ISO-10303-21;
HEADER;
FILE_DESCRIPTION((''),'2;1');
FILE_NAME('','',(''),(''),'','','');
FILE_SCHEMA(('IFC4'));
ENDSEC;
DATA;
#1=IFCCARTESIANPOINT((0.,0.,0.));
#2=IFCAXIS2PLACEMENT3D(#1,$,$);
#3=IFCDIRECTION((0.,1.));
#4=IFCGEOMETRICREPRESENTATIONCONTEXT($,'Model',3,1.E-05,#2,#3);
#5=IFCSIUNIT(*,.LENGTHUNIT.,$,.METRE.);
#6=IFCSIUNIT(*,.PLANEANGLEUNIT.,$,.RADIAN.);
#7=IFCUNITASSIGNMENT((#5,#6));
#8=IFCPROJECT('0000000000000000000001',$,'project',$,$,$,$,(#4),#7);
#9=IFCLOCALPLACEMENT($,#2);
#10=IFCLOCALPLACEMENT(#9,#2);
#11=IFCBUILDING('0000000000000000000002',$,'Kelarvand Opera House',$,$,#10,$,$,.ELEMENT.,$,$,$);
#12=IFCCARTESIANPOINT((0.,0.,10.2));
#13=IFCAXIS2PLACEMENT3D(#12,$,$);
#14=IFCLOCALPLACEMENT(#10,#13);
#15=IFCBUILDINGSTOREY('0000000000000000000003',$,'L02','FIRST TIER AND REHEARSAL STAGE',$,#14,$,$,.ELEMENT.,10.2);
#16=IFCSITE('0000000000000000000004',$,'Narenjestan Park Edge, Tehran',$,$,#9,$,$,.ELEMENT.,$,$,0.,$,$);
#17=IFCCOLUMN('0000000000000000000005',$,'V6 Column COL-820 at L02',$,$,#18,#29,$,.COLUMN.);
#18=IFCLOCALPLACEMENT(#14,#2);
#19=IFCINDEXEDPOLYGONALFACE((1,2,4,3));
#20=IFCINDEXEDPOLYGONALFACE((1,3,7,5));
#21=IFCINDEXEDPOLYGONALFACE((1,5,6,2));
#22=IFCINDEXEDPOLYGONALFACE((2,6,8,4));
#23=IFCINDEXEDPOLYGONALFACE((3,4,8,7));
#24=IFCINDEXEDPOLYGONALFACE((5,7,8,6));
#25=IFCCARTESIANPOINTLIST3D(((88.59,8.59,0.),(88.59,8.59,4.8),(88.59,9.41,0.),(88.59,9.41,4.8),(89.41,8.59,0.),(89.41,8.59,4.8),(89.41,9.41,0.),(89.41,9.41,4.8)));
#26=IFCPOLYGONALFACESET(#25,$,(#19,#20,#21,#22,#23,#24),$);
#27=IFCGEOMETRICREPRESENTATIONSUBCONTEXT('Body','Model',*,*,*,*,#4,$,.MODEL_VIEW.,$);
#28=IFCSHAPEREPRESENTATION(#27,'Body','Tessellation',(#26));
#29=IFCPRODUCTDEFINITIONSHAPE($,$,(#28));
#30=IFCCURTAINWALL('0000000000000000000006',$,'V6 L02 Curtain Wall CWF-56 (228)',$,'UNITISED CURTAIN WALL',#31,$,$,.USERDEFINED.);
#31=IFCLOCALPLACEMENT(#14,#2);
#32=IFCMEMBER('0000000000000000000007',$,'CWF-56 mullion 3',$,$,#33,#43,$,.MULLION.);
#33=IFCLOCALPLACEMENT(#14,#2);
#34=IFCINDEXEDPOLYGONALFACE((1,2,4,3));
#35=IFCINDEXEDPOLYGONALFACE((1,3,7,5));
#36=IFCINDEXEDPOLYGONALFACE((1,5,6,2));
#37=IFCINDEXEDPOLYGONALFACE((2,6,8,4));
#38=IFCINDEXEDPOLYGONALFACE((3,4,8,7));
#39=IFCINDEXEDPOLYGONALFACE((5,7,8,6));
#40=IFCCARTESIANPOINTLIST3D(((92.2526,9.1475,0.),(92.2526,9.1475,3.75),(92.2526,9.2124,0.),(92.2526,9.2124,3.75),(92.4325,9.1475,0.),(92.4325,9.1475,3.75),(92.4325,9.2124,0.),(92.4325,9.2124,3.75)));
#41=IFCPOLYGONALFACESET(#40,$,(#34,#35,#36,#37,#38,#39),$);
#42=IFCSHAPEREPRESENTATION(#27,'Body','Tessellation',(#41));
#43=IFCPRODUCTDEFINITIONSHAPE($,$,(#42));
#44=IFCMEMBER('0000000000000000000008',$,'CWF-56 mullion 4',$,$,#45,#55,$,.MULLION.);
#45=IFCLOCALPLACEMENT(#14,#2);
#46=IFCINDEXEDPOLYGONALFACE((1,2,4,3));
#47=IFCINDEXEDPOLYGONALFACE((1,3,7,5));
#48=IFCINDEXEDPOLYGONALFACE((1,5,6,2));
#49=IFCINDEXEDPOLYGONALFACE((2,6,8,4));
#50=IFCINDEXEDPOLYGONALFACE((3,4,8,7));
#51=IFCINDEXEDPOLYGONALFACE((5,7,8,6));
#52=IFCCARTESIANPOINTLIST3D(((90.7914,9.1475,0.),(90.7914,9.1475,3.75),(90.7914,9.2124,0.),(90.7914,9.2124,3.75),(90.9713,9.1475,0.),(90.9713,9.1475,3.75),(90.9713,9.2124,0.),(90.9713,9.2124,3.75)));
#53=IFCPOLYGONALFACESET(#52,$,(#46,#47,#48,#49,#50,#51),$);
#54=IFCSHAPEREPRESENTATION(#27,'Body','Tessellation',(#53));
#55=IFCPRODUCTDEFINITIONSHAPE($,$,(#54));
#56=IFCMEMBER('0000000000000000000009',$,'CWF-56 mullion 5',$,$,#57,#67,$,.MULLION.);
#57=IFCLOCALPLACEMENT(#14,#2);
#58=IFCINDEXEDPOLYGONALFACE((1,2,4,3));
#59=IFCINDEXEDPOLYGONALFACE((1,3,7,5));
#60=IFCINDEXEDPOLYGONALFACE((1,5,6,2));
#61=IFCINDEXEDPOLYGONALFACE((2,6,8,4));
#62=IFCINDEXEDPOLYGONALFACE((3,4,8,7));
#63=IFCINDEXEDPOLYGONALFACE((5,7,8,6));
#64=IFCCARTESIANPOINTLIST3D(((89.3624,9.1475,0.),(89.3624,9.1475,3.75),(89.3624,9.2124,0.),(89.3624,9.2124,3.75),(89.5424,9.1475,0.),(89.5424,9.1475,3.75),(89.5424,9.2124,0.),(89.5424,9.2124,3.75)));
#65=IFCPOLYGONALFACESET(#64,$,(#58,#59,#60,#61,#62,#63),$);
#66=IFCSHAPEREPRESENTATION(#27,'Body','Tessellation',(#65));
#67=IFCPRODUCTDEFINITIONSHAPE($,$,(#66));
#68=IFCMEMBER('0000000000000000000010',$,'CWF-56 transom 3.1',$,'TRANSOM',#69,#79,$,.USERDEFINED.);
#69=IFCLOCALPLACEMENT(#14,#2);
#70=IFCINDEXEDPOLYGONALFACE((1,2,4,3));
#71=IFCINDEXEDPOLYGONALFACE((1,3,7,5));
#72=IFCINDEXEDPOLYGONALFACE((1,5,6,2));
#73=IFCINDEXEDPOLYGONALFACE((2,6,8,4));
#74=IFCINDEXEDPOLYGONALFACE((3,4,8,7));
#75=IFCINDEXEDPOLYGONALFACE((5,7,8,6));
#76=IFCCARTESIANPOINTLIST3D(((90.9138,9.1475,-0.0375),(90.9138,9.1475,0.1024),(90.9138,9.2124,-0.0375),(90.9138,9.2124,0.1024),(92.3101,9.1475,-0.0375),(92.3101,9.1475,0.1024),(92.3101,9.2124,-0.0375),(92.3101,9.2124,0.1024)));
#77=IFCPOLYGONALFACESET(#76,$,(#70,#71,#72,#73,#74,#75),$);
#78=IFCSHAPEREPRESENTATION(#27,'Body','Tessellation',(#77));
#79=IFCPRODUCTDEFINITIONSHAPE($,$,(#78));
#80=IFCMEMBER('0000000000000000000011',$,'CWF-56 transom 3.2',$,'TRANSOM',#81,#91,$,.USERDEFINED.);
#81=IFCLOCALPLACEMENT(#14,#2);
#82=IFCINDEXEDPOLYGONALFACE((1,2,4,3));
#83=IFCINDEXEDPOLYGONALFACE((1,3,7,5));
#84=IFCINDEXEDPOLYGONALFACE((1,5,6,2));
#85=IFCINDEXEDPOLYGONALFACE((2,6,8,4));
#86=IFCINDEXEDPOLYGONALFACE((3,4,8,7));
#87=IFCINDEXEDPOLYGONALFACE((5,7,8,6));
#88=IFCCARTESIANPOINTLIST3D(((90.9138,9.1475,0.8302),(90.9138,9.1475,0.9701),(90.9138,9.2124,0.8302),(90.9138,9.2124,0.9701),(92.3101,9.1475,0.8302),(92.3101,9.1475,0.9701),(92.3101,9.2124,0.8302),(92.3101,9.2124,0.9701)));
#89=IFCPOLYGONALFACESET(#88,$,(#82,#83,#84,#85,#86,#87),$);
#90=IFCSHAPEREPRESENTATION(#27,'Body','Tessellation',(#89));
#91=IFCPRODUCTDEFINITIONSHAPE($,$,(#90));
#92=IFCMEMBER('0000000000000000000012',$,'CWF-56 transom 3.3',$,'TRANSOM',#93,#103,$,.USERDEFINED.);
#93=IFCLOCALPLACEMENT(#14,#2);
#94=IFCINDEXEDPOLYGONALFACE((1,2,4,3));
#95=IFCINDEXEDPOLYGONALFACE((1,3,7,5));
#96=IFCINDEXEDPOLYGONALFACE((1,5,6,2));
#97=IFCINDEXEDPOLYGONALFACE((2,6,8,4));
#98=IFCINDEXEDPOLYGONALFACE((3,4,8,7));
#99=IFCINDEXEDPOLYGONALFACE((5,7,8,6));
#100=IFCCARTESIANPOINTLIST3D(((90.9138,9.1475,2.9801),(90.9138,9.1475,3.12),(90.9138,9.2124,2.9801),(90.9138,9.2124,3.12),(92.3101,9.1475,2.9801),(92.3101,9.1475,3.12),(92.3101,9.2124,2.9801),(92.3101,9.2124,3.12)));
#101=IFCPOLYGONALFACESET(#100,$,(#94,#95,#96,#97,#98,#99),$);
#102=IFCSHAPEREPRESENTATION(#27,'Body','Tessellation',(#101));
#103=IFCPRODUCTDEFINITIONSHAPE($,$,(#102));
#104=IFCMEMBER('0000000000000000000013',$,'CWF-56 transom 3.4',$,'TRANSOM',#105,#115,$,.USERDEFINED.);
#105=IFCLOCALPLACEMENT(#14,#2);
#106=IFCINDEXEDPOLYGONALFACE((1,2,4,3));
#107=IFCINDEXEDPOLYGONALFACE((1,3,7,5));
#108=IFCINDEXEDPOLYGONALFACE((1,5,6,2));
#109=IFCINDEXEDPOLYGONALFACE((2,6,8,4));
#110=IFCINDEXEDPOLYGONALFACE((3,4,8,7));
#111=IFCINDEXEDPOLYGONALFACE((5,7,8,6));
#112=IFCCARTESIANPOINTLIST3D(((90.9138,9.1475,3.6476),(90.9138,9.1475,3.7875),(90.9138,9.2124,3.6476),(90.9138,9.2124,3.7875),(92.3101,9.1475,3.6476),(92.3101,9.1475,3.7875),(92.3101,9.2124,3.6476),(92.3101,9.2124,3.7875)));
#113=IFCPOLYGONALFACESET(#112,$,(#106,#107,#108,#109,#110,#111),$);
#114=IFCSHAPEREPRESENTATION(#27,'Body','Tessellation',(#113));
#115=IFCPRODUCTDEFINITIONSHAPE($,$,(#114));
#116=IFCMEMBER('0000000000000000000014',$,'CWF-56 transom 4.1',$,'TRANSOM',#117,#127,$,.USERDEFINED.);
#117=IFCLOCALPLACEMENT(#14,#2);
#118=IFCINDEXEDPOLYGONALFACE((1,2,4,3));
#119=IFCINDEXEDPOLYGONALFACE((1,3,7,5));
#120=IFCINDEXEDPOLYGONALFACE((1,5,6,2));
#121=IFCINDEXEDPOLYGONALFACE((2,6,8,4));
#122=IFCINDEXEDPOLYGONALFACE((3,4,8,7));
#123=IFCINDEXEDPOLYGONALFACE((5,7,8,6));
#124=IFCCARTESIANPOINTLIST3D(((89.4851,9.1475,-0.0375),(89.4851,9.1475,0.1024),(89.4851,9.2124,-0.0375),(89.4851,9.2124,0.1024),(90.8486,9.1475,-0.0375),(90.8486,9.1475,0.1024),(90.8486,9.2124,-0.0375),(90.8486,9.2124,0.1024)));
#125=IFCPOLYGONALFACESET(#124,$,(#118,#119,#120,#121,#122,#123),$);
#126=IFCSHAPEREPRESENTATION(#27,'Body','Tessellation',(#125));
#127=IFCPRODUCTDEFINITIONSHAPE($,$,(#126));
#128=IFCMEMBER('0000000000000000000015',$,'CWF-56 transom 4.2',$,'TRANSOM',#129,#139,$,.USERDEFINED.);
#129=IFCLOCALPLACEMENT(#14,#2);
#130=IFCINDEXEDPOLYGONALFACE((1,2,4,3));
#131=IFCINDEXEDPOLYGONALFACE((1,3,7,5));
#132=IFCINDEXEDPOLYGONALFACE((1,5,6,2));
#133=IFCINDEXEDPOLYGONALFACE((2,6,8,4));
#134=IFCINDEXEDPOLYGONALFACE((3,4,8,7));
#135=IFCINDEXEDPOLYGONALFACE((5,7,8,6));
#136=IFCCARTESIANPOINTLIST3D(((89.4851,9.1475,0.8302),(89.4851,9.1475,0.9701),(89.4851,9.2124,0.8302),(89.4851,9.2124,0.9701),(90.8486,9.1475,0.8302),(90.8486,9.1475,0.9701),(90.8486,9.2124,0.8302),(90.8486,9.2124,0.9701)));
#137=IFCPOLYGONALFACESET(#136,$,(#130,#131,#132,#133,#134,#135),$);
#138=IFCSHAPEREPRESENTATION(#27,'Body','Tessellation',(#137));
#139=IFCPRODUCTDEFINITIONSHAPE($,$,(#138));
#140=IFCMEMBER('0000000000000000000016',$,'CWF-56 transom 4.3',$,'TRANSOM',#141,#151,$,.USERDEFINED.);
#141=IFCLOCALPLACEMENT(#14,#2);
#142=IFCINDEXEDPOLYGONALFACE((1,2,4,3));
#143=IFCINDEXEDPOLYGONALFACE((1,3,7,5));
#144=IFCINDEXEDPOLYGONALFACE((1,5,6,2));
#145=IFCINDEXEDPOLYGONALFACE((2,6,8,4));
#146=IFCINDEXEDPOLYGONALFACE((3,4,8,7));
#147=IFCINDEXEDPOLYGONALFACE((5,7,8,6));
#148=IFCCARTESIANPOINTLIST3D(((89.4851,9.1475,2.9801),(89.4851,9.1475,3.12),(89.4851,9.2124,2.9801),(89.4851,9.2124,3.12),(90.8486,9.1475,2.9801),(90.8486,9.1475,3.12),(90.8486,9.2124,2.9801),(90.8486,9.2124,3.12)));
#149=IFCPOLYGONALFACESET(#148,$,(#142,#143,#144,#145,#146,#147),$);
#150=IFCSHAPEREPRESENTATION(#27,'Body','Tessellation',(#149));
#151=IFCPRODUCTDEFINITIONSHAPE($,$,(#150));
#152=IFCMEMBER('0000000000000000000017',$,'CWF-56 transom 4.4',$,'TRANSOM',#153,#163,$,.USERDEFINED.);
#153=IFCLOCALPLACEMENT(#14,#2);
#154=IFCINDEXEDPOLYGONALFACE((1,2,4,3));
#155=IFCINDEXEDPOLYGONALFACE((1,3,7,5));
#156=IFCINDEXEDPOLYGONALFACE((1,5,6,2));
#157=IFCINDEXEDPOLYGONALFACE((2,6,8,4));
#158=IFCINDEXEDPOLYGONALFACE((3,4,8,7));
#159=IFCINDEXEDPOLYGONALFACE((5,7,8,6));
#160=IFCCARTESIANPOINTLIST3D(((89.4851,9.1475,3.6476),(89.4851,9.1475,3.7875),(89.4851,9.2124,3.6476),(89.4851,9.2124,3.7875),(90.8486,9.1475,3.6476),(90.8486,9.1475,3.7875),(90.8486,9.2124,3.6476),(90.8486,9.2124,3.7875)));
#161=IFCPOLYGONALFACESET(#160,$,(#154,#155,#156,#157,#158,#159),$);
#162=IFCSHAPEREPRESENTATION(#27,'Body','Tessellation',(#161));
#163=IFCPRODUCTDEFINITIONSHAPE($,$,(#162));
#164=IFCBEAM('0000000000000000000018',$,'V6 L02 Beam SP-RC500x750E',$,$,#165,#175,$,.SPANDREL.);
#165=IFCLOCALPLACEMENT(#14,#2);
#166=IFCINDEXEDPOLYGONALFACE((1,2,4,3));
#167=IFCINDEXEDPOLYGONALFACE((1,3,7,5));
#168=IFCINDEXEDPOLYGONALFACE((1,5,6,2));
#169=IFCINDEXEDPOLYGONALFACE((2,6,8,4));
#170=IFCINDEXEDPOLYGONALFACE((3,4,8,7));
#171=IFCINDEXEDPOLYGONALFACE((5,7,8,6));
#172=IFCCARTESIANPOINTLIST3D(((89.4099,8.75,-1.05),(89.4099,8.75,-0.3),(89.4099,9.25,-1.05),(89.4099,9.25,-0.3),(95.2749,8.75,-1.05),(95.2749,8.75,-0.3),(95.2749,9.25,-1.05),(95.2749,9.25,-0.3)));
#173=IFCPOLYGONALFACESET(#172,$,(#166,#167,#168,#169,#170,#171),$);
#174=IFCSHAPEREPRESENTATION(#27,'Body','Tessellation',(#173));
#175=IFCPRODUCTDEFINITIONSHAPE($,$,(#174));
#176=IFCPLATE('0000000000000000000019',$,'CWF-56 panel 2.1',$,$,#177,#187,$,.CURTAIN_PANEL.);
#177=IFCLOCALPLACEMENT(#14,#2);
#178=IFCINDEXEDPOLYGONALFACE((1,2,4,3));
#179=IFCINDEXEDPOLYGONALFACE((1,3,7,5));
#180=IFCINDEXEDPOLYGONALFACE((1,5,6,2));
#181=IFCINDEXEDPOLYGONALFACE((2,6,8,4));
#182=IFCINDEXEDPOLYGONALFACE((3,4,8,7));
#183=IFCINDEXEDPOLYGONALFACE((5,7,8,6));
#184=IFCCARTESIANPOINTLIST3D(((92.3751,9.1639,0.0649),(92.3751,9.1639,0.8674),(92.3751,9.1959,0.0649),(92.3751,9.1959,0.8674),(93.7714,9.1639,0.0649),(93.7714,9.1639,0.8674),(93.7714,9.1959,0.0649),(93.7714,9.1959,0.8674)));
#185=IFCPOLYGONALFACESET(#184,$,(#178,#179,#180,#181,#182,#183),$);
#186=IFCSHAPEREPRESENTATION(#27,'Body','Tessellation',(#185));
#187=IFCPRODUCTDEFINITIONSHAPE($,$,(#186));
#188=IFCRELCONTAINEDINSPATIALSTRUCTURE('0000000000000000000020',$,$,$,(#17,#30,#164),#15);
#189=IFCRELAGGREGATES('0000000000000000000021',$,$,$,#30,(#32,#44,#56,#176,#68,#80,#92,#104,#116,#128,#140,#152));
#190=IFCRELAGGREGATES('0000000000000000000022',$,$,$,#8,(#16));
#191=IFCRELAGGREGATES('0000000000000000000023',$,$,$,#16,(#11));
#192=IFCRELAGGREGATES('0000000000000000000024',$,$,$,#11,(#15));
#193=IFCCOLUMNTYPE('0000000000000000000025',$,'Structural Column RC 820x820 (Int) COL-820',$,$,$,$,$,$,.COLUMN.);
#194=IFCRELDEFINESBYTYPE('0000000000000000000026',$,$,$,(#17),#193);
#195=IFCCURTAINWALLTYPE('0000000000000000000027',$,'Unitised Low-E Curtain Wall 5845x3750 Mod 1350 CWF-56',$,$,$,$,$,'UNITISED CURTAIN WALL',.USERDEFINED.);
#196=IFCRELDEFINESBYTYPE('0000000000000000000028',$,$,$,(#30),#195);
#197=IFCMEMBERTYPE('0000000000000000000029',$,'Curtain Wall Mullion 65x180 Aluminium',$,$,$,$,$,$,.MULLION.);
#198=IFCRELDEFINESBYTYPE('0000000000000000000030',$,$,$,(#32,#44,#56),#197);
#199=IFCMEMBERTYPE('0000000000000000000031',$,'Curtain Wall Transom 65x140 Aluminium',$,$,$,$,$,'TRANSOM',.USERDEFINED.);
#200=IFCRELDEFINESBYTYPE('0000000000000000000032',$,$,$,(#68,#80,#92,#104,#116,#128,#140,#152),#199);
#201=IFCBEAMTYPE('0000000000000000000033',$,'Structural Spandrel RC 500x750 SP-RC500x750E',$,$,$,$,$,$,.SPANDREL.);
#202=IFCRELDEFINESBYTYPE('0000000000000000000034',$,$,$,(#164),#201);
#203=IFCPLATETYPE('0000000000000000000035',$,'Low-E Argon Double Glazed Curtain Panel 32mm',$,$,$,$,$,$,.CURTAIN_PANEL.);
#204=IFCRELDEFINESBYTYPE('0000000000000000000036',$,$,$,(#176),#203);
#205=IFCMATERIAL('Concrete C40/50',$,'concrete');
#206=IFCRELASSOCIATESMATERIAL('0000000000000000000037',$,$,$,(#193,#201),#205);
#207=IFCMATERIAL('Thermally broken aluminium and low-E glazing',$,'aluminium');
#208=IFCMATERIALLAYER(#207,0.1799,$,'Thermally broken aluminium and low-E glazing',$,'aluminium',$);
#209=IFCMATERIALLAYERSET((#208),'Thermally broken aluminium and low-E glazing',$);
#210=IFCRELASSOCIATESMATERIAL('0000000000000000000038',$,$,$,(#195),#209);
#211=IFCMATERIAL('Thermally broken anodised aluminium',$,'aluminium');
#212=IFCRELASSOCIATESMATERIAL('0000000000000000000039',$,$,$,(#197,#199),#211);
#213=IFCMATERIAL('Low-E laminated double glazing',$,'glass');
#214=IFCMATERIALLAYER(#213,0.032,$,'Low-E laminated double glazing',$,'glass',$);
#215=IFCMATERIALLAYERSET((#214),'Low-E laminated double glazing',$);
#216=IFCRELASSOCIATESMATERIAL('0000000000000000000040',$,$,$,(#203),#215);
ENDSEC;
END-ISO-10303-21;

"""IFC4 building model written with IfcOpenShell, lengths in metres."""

from ifc_helpers import new_model, si_unit, direction, frame, origin, origin_2d, place, context, subcontext, project, spatial, rectangle, extrude, material, layer, layer_set, material_profile, profile_set, type_object, element, aggregate, save


model = new_model("IFC4")

# Units and contexts
model_context = context("Model", 3, precision=1e-05, world=origin(), true_north=direction((0.0, 1.0)))
body_context = subcontext(model_context, "Body", "Model", "MODEL_VIEW")
ifc_project = project(units=[si_unit("LENGTHUNIT", "METRE"), si_unit("PLANEANGLEUNIT", "RADIAN")], contexts=[model_context])

# Site, building, storey
site_placement = place(None, origin())
site = spatial("IfcSite", under=ifc_project, at=site_placement, Name="Narenjestan Park Edge, Tehran", CompositionType="ELEMENT", RefElevation=0.0)
building_placement = place(site_placement, origin())
building = spatial("IfcBuilding", under=site, at=building_placement, Name="Kelarvand Opera House", CompositionType="ELEMENT")
storey_placement = place(building_placement, frame((0.0, 0.0, 10.2)))
storey = spatial("IfcBuildingStorey", under=building, at=storey_placement, Name="L02", Description="FIRST TIER AND REHEARSAL STAGE", CompositionType="ELEMENT", Elevation=10.2)

# Column
ifc_material_1 = material(Name="Concrete C40/50", Category="concrete")
ifc_material_profile_1 = material_profile(ifc_material_1, rectangle(XDim=0.8201, YDim=0.8201, at=origin_2d()), Name="RC 820x820", Category="concrete")
ifc_profile_set_1 = profile_set([ifc_material_profile_1], Name="Concrete C40/50")
column_type = type_object("IfcColumnType", Name="Structural Column RC 820x820 (Int) COL-820", PredefinedType="COLUMN", material=ifc_profile_set_1)
column_placement = place(storey_placement, frame((89.0, 9.0, 0.0), z_axis=(0.0, 0.0, 1.0), x_axis=(1.0, 0.0, 0.0)))
element("IfcColumn", 1, at=column_placement, inside=storey, type_object=column_type, Name="V6 Column COL-820 at L02", PredefinedType="COLUMN", context=body_context, shape_type="SweptSolid", body=[
    extrude(rectangle(XDim=0.8201, YDim=0.8201, at=origin_2d()), origin(), (0.0, 0.0, 1.0), 4.8),
])

# Curtain wall, members
ifc_material_2 = material(Name="Thermally broken aluminium and low-E glazing", Category="aluminium")
ifc_layer_1 = layer(ifc_material_2, 0.1799, Name="Thermally broken aluminium and low-E glazing", Category="aluminium")
ifc_layer_set_1 = layer_set([ifc_layer_1], Name="Thermally broken aluminium and low-E glazing")
curtain_wall_type = type_object("IfcCurtainWallType", Name="Unitised Low-E Curtain Wall 5845x3750 Mod 1350 CWF-56", ElementType="UNITISED CURTAIN WALL", PredefinedType="USERDEFINED", material=ifc_layer_set_1)
curtain_wall_placement = place(storey_placement, origin())
curtain_wall = element("IfcCurtainWall", 2, at=curtain_wall_placement, inside=storey, type_object=curtain_wall_type, Name="V6 L02 Curtain Wall CWF-56 (228)", ObjectType="UNITISED CURTAIN WALL", PredefinedType="USERDEFINED")
ifc_material_3 = material(Name="Thermally broken anodised aluminium", Category="aluminium")
ifc_material_profile_2 = material_profile(ifc_material_3, rectangle(XDim=0.0649, YDim=0.1799, at=origin_2d()), Name="ALU MULLION 65x180", Category="aluminium")
ifc_profile_set_2 = profile_set([ifc_material_profile_2], Name="Thermally broken anodised aluminium")
member_type_1 = type_object("IfcMemberType", Name="Curtain Wall Mullion 65x180 Aluminium", PredefinedType="MULLION", material=ifc_profile_set_2)
member_1_placement = place(storey_placement, frame((92.3425, 9.1799, 0.0), z_axis=(0.0, 0.0, 1.0), x_axis=(0.0, -1.0, 0.0)))
member_1 = element("IfcMember", 3, at=member_1_placement, type_object=member_type_1, Name="CWF-56 mullion 3", PredefinedType="MULLION", context=body_context, shape_type="SweptSolid", body=[
    extrude(rectangle(XDim=0.0649, YDim=0.1799, at=origin_2d()), origin(), (0.0, 0.0, 1.0), 3.75),
])
member_2_placement = place(storey_placement, frame((90.8813, 9.1799, 0.0), z_axis=(0.0, 0.0, 1.0), x_axis=(0.0, -1.0, 0.0)))
member_2 = element("IfcMember", 4, at=member_2_placement, type_object=member_type_1, Name="CWF-56 mullion 4", PredefinedType="MULLION", context=body_context, shape_type="SweptSolid", body=[
    extrude(rectangle(XDim=0.0649, YDim=0.1799, at=origin_2d()), origin(), (0.0, 0.0, 1.0), 3.75),
])
member_3_placement = place(storey_placement, frame((89.4524, 9.1799, 0.0), z_axis=(0.0, 0.0, 1.0), x_axis=(0.0, -1.0, 0.0)))
member_3 = element("IfcMember", 5, at=member_3_placement, type_object=member_type_1, Name="CWF-56 mullion 5", PredefinedType="MULLION", context=body_context, shape_type="SweptSolid", body=[
    extrude(rectangle(XDim=0.0649, YDim=0.1799, at=origin_2d()), origin(), (0.0, 0.0, 1.0), 3.75),
])
ifc_material_profile_3 = material_profile(ifc_material_3, rectangle(XDim=0.0649, YDim=0.1399, at=origin_2d()), Name="ALU TRANSOM 65x140", Category="aluminium")
ifc_profile_set_3 = profile_set([ifc_material_profile_3], Name="Thermally broken anodised aluminium")
member_type_2 = type_object("IfcMemberType", Name="Curtain Wall Transom 65x140 Aluminium", ElementType="TRANSOM", PredefinedType="USERDEFINED", material=ifc_profile_set_3)
member_4_placement = place(storey_placement, frame((92.3101, 9.1799, 0.0325), z_axis=(-1.0, 0.0, 0.0), x_axis=(0.0, -1.0, 0.0)))
member_4 = element("IfcMember", 6, at=member_4_placement, type_object=member_type_2, Name="CWF-56 transom 3.1", ObjectType="TRANSOM", PredefinedType="USERDEFINED", context=body_context, shape_type="SweptSolid", body=[
    extrude(rectangle(XDim=0.0649, YDim=0.1399, at=origin_2d()), origin(), (0.0, 0.0, 1.0), 1.3962),
])
member_5_placement = place(storey_placement, frame((92.3101, 9.1799, 0.9001), z_axis=(-1.0, 0.0, 0.0), x_axis=(0.0, -1.0, 0.0)))
member_5 = element("IfcMember", 7, at=member_5_placement, type_object=member_type_2, Name="CWF-56 transom 3.2", ObjectType="TRANSOM", PredefinedType="USERDEFINED", context=body_context, shape_type="SweptSolid", body=[
    extrude(rectangle(XDim=0.0649, YDim=0.1399, at=origin_2d()), origin(), (0.0, 0.0, 1.0), 1.3962),
])
member_6_placement = place(storey_placement, frame((92.3101, 9.1799, 3.05), z_axis=(-1.0, 0.0, 0.0), x_axis=(0.0, -1.0, 0.0)))
member_6 = element("IfcMember", 8, at=member_6_placement, type_object=member_type_2, Name="CWF-56 transom 3.3", ObjectType="TRANSOM", PredefinedType="USERDEFINED", context=body_context, shape_type="SweptSolid", body=[
    extrude(rectangle(XDim=0.0649, YDim=0.1399, at=origin_2d()), origin(), (0.0, 0.0, 1.0), 1.3962),
])
member_7_placement = place(storey_placement, frame((92.3101, 9.1799, 3.7175), z_axis=(-1.0, 0.0, 0.0), x_axis=(0.0, -1.0, 0.0)))
member_7 = element("IfcMember", 9, at=member_7_placement, type_object=member_type_2, Name="CWF-56 transom 3.4", ObjectType="TRANSOM", PredefinedType="USERDEFINED", context=body_context, shape_type="SweptSolid", body=[
    extrude(rectangle(XDim=0.0649, YDim=0.1399, at=origin_2d()), origin(), (0.0, 0.0, 1.0), 1.3962),
])
member_8_placement = place(storey_placement, frame((90.8486, 9.1799, 0.0325), z_axis=(-1.0, 0.0, 0.0), x_axis=(0.0, -1.0, 0.0)))
member_8 = element("IfcMember", 10, at=member_8_placement, type_object=member_type_2, Name="CWF-56 transom 4.1", ObjectType="TRANSOM", PredefinedType="USERDEFINED", context=body_context, shape_type="SweptSolid", body=[
    extrude(rectangle(XDim=0.0649, YDim=0.1399, at=origin_2d()), origin(), (0.0, 0.0, 1.0), 1.3635),
])
member_9_placement = place(storey_placement, frame((90.8486, 9.1799, 0.9001), z_axis=(-1.0, 0.0, 0.0), x_axis=(0.0, -1.0, 0.0)))
member_9 = element("IfcMember", 11, at=member_9_placement, type_object=member_type_2, Name="CWF-56 transom 4.2", ObjectType="TRANSOM", PredefinedType="USERDEFINED", context=body_context, shape_type="SweptSolid", body=[
    extrude(rectangle(XDim=0.0649, YDim=0.1399, at=origin_2d()), origin(), (0.0, 0.0, 1.0), 1.3635),
])
member_10_placement = place(storey_placement, frame((90.8486, 9.1799, 3.05), z_axis=(-1.0, 0.0, 0.0), x_axis=(0.0, -1.0, 0.0)))
member_10 = element("IfcMember", 12, at=member_10_placement, type_object=member_type_2, Name="CWF-56 transom 4.3", ObjectType="TRANSOM", PredefinedType="USERDEFINED", context=body_context, shape_type="SweptSolid", body=[
    extrude(rectangle(XDim=0.0649, YDim=0.1399, at=origin_2d()), origin(), (0.0, 0.0, 1.0), 1.3635),
])
member_11_placement = place(storey_placement, frame((90.8486, 9.1799, 3.7175), z_axis=(-1.0, 0.0, 0.0), x_axis=(0.0, -1.0, 0.0)))
member_11 = element("IfcMember", 13, at=member_11_placement, type_object=member_type_2, Name="CWF-56 transom 4.4", ObjectType="TRANSOM", PredefinedType="USERDEFINED", context=body_context, shape_type="SweptSolid", body=[
    extrude(rectangle(XDim=0.0649, YDim=0.1399, at=origin_2d()), origin(), (0.0, 0.0, 1.0), 1.3635),
])

# Beam
ifc_material_profile_4 = material_profile(ifc_material_1, rectangle(XDim=0.5, YDim=0.75, at=origin_2d()), Name="RC 500x750", Category="concrete")
ifc_profile_set_4 = profile_set([ifc_material_profile_4], Name="Concrete C40/50")
beam_type = type_object("IfcBeamType", Name="Structural Spandrel RC 500x750 SP-RC500x750E", PredefinedType="SPANDREL", material=ifc_profile_set_4)
beam_placement = place(storey_placement, frame((89.4099, 9.0, -0.675), z_axis=(1.0, 0.0, 0.0), x_axis=(0.0, 1.0, 0.0)))
element("IfcBeam", 14, at=beam_placement, inside=storey, type_object=beam_type, Name="V6 L02 Beam SP-RC500x750E", PredefinedType="SPANDREL", context=body_context, shape_type="SweptSolid", body=[
    extrude(rectangle(XDim=0.5, YDim=0.75, at=origin_2d()), origin(), (0.0, 0.0, 1.0), 5.865),
])

# Plate
ifc_material_4 = material(Name="Low-E laminated double glazing", Category="glass")
ifc_layer_2 = layer(ifc_material_4, 0.032, Name="Low-E laminated double glazing", Category="glass")
ifc_layer_set_2 = layer_set([ifc_layer_2], Name="Low-E laminated double glazing")
plate_type = type_object("IfcPlateType", Name="Low-E Argon Double Glazed Curtain Panel 32mm", PredefinedType="CURTAIN_PANEL", material=ifc_layer_set_2)
plate_1_placement = place(storey_placement, frame((93.0732, 9.1799, 0.0649), z_axis=(0.0, 0.0, 1.0), x_axis=(-1.0, 0.0, 0.0)))
plate_1 = element("IfcPlate", 15, at=plate_1_placement, type_object=plate_type, Name="CWF-56 panel 2.1", PredefinedType="CURTAIN_PANEL", context=body_context, shape_type="SweptSolid", body=[
    extrude(rectangle(XDim=1.3962, YDim=0.032, at=origin_2d()), origin(), (0.0, 0.0, 1.0), 0.8025),
])
aggregate(curtain_wall, [member_1, member_2, member_3, plate_1, member_4, member_5, member_6, member_7, member_8, member_9, member_10, member_11])

save(model, "model.ifc")
